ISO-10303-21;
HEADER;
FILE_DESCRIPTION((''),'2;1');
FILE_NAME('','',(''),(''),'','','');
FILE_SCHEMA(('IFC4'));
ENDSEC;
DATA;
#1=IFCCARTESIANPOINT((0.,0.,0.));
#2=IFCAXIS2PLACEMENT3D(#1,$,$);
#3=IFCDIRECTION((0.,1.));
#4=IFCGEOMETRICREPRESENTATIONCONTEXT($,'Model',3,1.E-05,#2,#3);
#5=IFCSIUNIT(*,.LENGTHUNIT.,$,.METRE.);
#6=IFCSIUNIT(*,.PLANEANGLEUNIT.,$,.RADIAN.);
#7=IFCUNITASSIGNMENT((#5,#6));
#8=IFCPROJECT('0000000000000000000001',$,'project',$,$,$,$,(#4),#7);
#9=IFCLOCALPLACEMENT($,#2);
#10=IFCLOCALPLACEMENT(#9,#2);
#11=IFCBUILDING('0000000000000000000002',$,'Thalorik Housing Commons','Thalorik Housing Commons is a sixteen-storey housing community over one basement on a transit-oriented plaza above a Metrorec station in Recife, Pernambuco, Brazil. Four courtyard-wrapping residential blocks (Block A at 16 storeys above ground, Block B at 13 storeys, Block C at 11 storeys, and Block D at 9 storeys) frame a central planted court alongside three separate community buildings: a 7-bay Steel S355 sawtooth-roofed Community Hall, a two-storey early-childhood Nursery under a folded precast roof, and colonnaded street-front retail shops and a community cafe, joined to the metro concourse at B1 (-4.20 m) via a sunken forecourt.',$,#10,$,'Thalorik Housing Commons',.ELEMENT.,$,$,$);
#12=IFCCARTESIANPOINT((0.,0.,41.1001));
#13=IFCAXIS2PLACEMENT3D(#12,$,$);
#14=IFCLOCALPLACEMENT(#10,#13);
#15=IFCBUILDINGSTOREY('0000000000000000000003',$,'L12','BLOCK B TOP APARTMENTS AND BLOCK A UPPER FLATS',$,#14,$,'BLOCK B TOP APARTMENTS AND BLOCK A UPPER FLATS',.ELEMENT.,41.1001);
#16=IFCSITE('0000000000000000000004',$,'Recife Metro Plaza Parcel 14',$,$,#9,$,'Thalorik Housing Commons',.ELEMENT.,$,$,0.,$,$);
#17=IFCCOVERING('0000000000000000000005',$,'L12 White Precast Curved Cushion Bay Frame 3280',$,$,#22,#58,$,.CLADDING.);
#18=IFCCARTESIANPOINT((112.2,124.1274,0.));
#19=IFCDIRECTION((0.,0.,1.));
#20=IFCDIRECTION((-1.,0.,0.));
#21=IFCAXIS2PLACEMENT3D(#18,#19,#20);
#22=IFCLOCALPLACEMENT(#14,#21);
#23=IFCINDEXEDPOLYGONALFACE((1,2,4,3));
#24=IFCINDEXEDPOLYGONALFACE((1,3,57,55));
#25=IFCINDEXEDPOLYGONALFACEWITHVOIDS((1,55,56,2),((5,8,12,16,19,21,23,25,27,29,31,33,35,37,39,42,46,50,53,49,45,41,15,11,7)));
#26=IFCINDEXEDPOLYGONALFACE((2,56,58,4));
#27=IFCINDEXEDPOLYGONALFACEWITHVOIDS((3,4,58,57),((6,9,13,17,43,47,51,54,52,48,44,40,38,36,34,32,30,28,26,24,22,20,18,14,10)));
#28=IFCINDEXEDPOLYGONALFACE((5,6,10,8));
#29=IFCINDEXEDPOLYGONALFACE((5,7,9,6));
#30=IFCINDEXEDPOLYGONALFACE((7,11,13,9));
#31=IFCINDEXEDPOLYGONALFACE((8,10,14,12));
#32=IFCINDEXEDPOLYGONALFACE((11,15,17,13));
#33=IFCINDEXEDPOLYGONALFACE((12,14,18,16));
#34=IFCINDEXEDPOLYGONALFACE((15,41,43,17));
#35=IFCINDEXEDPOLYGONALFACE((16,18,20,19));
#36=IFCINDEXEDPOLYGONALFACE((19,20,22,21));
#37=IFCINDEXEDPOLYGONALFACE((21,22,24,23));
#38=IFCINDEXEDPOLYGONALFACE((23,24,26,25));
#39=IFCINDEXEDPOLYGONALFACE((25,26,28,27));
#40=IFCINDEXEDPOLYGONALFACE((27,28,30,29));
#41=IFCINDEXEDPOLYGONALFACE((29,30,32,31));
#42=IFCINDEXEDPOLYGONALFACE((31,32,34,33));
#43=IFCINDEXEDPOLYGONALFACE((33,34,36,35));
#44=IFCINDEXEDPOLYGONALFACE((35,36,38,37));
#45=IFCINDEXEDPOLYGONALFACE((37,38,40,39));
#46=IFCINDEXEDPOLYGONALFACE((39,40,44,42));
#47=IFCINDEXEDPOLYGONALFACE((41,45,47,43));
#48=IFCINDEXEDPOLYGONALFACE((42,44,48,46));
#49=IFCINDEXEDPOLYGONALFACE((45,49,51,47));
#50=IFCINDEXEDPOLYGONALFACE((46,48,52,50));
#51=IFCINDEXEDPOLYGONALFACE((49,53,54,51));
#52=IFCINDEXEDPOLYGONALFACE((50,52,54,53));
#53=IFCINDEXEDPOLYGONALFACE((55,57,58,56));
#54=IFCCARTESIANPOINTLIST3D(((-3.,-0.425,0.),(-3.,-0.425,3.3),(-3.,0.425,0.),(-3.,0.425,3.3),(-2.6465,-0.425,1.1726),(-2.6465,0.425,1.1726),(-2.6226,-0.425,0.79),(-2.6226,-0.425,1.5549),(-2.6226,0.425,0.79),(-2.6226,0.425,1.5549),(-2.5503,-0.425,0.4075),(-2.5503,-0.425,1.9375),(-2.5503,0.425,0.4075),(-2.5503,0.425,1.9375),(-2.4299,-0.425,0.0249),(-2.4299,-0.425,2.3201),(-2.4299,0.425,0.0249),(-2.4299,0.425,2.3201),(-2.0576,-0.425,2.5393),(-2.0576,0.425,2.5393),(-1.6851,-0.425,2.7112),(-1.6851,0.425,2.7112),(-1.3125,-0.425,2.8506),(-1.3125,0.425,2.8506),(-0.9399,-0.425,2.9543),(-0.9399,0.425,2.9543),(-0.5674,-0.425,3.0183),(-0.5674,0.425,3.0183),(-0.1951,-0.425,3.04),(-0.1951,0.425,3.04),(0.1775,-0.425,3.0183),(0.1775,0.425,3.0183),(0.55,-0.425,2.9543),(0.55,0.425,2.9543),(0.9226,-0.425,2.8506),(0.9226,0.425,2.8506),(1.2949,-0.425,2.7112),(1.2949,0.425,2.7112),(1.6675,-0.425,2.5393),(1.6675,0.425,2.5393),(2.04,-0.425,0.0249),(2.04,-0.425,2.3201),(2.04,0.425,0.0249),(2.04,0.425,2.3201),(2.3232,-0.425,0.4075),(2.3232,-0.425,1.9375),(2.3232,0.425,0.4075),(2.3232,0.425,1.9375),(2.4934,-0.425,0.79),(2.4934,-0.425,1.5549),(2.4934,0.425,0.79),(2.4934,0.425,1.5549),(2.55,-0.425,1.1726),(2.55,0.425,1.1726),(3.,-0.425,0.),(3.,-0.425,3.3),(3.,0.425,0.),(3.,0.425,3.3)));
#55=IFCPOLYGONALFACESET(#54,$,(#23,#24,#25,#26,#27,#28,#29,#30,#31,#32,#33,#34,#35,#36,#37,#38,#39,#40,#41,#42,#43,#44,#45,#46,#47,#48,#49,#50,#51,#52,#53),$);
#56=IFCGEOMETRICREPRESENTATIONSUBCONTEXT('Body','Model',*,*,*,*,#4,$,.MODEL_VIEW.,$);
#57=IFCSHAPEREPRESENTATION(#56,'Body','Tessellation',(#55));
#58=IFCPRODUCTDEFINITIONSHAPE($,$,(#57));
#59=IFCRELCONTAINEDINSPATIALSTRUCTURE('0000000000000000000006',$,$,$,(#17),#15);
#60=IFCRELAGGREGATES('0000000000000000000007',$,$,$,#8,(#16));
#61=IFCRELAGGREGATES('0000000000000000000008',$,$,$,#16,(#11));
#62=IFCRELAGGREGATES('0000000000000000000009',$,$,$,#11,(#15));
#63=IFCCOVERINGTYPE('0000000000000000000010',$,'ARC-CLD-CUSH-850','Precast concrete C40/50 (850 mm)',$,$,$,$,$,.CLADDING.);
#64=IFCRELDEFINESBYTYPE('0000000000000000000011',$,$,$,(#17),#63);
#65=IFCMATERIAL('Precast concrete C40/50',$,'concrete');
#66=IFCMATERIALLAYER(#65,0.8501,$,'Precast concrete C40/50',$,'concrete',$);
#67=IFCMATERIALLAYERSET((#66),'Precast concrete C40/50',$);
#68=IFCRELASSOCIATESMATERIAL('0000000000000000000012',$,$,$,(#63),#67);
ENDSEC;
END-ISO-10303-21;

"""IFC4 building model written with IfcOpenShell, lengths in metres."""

from ifc_helpers import new_model, si_unit, direction, frame, origin, place, context, subcontext, project, spatial, polyline, outline, extrude, material, layer, layer_set, type_object, element, save


model = new_model("IFC4")

# Units and contexts
model_context = context("Model", 3, precision=1e-05, world=origin(), true_north=direction((0.0, 1.0)))
body_context = subcontext(model_context, "Body", "Model", "MODEL_VIEW")
ifc_project = project(units=[si_unit("LENGTHUNIT", "METRE"), si_unit("PLANEANGLEUNIT", "RADIAN")], contexts=[model_context])

# Site, building, storey
site_placement = place(None, origin())
site = spatial("IfcSite", under=ifc_project, at=site_placement, Name="Recife Metro Plaza Parcel 14", LongName="Thalorik Housing Commons", CompositionType="ELEMENT", RefElevation=0.0)
building_placement = place(site_placement, origin())
building = spatial("IfcBuilding", under=site, at=building_placement, Name="Thalorik Housing Commons", Description="Thalorik Housing Commons is a sixteen-storey housing community over one basement on a transit-oriented plaza above a Metrorec station in Recife, Pernambuco, Brazil. Four courtyard-wrapping residential blocks (Block A at 16 storeys above ground, Block B at 13 storeys, Block C at 11 storeys, and Block D at 9 storeys) frame a central planted court alongside three separate community buildings: a 7-bay Steel S355 sawtooth-roofed Community Hall, a two-storey early-childhood Nursery under a folded precast roof, and colonnaded street-front retail shops and a community cafe, joined to the metro concourse at B1 (-4.20 m) via a sunken forecourt.", LongName="Thalorik Housing Commons", CompositionType="ELEMENT")
storey_placement = place(building_placement, frame((0.0, 0.0, 41.1001)))
storey = spatial("IfcBuildingStorey", under=building, at=storey_placement, Name="L12", Description="BLOCK B TOP APARTMENTS AND BLOCK A UPPER FLATS", LongName="BLOCK B TOP APARTMENTS AND BLOCK A UPPER FLATS", CompositionType="ELEMENT", Elevation=41.1001)

# Shared definitions
ifc_material_1 = material(Name="Precast concrete C40/50", Category="concrete")

# Covering
ifc_layer_1 = layer(ifc_material_1, 0.8501, Name="Precast concrete C40/50", Category="concrete")
ifc_layer_set_1 = layer_set([ifc_layer_1], Name="Precast concrete C40/50")
covering_type_1 = type_object("IfcCoveringType", Name="ARC-CLD-CUSH-850", Description="Precast concrete C40/50 (850 mm)", PredefinedType="CLADDING", material=ifc_layer_set_1)
covering_1_placement = place(storey_placement, frame((112.2, 124.1274, 0.0), z_axis=(0.0, 0.0, 1.0), x_axis=(-1.0, 0.0, 0.0)))
element("IfcCovering", 1, at=covering_1_placement, inside=storey, type_object=covering_type_1, Name="L12 White Precast Curved Cushion Bay Frame 3280", PredefinedType="CLADDING", context=body_context, shape_type="SweptSolid", body=[
    extrude(outline(polyline([(-3.0, 0.0), (3.0, 0.0), (3.0, 3.3), (-3.0, 3.3), (-3.0, 0.0)]), holes=[polyline([(2.04, 0.0249), (2.3232, 0.4075), (2.4934, 0.79), (2.55, 1.1726), (2.4934, 1.5549), (2.3232, 1.9375), (2.04, 2.3201), (1.6675, 2.5393), (1.2949, 2.7112), (0.9226, 2.8506), (0.55, 2.9543), (0.1775, 3.0183), (-0.1951, 3.04), (-0.5674, 3.0183), (-0.9399, 2.9543), (-1.3125, 2.8506), (-1.6851, 2.7112), (-2.0576, 2.5393), (-2.4299, 2.3201), (-2.5503, 1.9375), (-2.6226, 1.5549), (-2.6465, 1.1726), (-2.6226, 0.79), (-2.5503, 0.4075), (-2.4299, 0.0249), (2.04, 0.0249)])]), frame((0.0, 0.425, 0.0), z_axis=(0.0, -1.0, 0.0), x_axis=(1.0, 0.0, 0.0)), (0.0, 0.0, 1.0), 0.8501),
])

save(model, "model.ifc")
